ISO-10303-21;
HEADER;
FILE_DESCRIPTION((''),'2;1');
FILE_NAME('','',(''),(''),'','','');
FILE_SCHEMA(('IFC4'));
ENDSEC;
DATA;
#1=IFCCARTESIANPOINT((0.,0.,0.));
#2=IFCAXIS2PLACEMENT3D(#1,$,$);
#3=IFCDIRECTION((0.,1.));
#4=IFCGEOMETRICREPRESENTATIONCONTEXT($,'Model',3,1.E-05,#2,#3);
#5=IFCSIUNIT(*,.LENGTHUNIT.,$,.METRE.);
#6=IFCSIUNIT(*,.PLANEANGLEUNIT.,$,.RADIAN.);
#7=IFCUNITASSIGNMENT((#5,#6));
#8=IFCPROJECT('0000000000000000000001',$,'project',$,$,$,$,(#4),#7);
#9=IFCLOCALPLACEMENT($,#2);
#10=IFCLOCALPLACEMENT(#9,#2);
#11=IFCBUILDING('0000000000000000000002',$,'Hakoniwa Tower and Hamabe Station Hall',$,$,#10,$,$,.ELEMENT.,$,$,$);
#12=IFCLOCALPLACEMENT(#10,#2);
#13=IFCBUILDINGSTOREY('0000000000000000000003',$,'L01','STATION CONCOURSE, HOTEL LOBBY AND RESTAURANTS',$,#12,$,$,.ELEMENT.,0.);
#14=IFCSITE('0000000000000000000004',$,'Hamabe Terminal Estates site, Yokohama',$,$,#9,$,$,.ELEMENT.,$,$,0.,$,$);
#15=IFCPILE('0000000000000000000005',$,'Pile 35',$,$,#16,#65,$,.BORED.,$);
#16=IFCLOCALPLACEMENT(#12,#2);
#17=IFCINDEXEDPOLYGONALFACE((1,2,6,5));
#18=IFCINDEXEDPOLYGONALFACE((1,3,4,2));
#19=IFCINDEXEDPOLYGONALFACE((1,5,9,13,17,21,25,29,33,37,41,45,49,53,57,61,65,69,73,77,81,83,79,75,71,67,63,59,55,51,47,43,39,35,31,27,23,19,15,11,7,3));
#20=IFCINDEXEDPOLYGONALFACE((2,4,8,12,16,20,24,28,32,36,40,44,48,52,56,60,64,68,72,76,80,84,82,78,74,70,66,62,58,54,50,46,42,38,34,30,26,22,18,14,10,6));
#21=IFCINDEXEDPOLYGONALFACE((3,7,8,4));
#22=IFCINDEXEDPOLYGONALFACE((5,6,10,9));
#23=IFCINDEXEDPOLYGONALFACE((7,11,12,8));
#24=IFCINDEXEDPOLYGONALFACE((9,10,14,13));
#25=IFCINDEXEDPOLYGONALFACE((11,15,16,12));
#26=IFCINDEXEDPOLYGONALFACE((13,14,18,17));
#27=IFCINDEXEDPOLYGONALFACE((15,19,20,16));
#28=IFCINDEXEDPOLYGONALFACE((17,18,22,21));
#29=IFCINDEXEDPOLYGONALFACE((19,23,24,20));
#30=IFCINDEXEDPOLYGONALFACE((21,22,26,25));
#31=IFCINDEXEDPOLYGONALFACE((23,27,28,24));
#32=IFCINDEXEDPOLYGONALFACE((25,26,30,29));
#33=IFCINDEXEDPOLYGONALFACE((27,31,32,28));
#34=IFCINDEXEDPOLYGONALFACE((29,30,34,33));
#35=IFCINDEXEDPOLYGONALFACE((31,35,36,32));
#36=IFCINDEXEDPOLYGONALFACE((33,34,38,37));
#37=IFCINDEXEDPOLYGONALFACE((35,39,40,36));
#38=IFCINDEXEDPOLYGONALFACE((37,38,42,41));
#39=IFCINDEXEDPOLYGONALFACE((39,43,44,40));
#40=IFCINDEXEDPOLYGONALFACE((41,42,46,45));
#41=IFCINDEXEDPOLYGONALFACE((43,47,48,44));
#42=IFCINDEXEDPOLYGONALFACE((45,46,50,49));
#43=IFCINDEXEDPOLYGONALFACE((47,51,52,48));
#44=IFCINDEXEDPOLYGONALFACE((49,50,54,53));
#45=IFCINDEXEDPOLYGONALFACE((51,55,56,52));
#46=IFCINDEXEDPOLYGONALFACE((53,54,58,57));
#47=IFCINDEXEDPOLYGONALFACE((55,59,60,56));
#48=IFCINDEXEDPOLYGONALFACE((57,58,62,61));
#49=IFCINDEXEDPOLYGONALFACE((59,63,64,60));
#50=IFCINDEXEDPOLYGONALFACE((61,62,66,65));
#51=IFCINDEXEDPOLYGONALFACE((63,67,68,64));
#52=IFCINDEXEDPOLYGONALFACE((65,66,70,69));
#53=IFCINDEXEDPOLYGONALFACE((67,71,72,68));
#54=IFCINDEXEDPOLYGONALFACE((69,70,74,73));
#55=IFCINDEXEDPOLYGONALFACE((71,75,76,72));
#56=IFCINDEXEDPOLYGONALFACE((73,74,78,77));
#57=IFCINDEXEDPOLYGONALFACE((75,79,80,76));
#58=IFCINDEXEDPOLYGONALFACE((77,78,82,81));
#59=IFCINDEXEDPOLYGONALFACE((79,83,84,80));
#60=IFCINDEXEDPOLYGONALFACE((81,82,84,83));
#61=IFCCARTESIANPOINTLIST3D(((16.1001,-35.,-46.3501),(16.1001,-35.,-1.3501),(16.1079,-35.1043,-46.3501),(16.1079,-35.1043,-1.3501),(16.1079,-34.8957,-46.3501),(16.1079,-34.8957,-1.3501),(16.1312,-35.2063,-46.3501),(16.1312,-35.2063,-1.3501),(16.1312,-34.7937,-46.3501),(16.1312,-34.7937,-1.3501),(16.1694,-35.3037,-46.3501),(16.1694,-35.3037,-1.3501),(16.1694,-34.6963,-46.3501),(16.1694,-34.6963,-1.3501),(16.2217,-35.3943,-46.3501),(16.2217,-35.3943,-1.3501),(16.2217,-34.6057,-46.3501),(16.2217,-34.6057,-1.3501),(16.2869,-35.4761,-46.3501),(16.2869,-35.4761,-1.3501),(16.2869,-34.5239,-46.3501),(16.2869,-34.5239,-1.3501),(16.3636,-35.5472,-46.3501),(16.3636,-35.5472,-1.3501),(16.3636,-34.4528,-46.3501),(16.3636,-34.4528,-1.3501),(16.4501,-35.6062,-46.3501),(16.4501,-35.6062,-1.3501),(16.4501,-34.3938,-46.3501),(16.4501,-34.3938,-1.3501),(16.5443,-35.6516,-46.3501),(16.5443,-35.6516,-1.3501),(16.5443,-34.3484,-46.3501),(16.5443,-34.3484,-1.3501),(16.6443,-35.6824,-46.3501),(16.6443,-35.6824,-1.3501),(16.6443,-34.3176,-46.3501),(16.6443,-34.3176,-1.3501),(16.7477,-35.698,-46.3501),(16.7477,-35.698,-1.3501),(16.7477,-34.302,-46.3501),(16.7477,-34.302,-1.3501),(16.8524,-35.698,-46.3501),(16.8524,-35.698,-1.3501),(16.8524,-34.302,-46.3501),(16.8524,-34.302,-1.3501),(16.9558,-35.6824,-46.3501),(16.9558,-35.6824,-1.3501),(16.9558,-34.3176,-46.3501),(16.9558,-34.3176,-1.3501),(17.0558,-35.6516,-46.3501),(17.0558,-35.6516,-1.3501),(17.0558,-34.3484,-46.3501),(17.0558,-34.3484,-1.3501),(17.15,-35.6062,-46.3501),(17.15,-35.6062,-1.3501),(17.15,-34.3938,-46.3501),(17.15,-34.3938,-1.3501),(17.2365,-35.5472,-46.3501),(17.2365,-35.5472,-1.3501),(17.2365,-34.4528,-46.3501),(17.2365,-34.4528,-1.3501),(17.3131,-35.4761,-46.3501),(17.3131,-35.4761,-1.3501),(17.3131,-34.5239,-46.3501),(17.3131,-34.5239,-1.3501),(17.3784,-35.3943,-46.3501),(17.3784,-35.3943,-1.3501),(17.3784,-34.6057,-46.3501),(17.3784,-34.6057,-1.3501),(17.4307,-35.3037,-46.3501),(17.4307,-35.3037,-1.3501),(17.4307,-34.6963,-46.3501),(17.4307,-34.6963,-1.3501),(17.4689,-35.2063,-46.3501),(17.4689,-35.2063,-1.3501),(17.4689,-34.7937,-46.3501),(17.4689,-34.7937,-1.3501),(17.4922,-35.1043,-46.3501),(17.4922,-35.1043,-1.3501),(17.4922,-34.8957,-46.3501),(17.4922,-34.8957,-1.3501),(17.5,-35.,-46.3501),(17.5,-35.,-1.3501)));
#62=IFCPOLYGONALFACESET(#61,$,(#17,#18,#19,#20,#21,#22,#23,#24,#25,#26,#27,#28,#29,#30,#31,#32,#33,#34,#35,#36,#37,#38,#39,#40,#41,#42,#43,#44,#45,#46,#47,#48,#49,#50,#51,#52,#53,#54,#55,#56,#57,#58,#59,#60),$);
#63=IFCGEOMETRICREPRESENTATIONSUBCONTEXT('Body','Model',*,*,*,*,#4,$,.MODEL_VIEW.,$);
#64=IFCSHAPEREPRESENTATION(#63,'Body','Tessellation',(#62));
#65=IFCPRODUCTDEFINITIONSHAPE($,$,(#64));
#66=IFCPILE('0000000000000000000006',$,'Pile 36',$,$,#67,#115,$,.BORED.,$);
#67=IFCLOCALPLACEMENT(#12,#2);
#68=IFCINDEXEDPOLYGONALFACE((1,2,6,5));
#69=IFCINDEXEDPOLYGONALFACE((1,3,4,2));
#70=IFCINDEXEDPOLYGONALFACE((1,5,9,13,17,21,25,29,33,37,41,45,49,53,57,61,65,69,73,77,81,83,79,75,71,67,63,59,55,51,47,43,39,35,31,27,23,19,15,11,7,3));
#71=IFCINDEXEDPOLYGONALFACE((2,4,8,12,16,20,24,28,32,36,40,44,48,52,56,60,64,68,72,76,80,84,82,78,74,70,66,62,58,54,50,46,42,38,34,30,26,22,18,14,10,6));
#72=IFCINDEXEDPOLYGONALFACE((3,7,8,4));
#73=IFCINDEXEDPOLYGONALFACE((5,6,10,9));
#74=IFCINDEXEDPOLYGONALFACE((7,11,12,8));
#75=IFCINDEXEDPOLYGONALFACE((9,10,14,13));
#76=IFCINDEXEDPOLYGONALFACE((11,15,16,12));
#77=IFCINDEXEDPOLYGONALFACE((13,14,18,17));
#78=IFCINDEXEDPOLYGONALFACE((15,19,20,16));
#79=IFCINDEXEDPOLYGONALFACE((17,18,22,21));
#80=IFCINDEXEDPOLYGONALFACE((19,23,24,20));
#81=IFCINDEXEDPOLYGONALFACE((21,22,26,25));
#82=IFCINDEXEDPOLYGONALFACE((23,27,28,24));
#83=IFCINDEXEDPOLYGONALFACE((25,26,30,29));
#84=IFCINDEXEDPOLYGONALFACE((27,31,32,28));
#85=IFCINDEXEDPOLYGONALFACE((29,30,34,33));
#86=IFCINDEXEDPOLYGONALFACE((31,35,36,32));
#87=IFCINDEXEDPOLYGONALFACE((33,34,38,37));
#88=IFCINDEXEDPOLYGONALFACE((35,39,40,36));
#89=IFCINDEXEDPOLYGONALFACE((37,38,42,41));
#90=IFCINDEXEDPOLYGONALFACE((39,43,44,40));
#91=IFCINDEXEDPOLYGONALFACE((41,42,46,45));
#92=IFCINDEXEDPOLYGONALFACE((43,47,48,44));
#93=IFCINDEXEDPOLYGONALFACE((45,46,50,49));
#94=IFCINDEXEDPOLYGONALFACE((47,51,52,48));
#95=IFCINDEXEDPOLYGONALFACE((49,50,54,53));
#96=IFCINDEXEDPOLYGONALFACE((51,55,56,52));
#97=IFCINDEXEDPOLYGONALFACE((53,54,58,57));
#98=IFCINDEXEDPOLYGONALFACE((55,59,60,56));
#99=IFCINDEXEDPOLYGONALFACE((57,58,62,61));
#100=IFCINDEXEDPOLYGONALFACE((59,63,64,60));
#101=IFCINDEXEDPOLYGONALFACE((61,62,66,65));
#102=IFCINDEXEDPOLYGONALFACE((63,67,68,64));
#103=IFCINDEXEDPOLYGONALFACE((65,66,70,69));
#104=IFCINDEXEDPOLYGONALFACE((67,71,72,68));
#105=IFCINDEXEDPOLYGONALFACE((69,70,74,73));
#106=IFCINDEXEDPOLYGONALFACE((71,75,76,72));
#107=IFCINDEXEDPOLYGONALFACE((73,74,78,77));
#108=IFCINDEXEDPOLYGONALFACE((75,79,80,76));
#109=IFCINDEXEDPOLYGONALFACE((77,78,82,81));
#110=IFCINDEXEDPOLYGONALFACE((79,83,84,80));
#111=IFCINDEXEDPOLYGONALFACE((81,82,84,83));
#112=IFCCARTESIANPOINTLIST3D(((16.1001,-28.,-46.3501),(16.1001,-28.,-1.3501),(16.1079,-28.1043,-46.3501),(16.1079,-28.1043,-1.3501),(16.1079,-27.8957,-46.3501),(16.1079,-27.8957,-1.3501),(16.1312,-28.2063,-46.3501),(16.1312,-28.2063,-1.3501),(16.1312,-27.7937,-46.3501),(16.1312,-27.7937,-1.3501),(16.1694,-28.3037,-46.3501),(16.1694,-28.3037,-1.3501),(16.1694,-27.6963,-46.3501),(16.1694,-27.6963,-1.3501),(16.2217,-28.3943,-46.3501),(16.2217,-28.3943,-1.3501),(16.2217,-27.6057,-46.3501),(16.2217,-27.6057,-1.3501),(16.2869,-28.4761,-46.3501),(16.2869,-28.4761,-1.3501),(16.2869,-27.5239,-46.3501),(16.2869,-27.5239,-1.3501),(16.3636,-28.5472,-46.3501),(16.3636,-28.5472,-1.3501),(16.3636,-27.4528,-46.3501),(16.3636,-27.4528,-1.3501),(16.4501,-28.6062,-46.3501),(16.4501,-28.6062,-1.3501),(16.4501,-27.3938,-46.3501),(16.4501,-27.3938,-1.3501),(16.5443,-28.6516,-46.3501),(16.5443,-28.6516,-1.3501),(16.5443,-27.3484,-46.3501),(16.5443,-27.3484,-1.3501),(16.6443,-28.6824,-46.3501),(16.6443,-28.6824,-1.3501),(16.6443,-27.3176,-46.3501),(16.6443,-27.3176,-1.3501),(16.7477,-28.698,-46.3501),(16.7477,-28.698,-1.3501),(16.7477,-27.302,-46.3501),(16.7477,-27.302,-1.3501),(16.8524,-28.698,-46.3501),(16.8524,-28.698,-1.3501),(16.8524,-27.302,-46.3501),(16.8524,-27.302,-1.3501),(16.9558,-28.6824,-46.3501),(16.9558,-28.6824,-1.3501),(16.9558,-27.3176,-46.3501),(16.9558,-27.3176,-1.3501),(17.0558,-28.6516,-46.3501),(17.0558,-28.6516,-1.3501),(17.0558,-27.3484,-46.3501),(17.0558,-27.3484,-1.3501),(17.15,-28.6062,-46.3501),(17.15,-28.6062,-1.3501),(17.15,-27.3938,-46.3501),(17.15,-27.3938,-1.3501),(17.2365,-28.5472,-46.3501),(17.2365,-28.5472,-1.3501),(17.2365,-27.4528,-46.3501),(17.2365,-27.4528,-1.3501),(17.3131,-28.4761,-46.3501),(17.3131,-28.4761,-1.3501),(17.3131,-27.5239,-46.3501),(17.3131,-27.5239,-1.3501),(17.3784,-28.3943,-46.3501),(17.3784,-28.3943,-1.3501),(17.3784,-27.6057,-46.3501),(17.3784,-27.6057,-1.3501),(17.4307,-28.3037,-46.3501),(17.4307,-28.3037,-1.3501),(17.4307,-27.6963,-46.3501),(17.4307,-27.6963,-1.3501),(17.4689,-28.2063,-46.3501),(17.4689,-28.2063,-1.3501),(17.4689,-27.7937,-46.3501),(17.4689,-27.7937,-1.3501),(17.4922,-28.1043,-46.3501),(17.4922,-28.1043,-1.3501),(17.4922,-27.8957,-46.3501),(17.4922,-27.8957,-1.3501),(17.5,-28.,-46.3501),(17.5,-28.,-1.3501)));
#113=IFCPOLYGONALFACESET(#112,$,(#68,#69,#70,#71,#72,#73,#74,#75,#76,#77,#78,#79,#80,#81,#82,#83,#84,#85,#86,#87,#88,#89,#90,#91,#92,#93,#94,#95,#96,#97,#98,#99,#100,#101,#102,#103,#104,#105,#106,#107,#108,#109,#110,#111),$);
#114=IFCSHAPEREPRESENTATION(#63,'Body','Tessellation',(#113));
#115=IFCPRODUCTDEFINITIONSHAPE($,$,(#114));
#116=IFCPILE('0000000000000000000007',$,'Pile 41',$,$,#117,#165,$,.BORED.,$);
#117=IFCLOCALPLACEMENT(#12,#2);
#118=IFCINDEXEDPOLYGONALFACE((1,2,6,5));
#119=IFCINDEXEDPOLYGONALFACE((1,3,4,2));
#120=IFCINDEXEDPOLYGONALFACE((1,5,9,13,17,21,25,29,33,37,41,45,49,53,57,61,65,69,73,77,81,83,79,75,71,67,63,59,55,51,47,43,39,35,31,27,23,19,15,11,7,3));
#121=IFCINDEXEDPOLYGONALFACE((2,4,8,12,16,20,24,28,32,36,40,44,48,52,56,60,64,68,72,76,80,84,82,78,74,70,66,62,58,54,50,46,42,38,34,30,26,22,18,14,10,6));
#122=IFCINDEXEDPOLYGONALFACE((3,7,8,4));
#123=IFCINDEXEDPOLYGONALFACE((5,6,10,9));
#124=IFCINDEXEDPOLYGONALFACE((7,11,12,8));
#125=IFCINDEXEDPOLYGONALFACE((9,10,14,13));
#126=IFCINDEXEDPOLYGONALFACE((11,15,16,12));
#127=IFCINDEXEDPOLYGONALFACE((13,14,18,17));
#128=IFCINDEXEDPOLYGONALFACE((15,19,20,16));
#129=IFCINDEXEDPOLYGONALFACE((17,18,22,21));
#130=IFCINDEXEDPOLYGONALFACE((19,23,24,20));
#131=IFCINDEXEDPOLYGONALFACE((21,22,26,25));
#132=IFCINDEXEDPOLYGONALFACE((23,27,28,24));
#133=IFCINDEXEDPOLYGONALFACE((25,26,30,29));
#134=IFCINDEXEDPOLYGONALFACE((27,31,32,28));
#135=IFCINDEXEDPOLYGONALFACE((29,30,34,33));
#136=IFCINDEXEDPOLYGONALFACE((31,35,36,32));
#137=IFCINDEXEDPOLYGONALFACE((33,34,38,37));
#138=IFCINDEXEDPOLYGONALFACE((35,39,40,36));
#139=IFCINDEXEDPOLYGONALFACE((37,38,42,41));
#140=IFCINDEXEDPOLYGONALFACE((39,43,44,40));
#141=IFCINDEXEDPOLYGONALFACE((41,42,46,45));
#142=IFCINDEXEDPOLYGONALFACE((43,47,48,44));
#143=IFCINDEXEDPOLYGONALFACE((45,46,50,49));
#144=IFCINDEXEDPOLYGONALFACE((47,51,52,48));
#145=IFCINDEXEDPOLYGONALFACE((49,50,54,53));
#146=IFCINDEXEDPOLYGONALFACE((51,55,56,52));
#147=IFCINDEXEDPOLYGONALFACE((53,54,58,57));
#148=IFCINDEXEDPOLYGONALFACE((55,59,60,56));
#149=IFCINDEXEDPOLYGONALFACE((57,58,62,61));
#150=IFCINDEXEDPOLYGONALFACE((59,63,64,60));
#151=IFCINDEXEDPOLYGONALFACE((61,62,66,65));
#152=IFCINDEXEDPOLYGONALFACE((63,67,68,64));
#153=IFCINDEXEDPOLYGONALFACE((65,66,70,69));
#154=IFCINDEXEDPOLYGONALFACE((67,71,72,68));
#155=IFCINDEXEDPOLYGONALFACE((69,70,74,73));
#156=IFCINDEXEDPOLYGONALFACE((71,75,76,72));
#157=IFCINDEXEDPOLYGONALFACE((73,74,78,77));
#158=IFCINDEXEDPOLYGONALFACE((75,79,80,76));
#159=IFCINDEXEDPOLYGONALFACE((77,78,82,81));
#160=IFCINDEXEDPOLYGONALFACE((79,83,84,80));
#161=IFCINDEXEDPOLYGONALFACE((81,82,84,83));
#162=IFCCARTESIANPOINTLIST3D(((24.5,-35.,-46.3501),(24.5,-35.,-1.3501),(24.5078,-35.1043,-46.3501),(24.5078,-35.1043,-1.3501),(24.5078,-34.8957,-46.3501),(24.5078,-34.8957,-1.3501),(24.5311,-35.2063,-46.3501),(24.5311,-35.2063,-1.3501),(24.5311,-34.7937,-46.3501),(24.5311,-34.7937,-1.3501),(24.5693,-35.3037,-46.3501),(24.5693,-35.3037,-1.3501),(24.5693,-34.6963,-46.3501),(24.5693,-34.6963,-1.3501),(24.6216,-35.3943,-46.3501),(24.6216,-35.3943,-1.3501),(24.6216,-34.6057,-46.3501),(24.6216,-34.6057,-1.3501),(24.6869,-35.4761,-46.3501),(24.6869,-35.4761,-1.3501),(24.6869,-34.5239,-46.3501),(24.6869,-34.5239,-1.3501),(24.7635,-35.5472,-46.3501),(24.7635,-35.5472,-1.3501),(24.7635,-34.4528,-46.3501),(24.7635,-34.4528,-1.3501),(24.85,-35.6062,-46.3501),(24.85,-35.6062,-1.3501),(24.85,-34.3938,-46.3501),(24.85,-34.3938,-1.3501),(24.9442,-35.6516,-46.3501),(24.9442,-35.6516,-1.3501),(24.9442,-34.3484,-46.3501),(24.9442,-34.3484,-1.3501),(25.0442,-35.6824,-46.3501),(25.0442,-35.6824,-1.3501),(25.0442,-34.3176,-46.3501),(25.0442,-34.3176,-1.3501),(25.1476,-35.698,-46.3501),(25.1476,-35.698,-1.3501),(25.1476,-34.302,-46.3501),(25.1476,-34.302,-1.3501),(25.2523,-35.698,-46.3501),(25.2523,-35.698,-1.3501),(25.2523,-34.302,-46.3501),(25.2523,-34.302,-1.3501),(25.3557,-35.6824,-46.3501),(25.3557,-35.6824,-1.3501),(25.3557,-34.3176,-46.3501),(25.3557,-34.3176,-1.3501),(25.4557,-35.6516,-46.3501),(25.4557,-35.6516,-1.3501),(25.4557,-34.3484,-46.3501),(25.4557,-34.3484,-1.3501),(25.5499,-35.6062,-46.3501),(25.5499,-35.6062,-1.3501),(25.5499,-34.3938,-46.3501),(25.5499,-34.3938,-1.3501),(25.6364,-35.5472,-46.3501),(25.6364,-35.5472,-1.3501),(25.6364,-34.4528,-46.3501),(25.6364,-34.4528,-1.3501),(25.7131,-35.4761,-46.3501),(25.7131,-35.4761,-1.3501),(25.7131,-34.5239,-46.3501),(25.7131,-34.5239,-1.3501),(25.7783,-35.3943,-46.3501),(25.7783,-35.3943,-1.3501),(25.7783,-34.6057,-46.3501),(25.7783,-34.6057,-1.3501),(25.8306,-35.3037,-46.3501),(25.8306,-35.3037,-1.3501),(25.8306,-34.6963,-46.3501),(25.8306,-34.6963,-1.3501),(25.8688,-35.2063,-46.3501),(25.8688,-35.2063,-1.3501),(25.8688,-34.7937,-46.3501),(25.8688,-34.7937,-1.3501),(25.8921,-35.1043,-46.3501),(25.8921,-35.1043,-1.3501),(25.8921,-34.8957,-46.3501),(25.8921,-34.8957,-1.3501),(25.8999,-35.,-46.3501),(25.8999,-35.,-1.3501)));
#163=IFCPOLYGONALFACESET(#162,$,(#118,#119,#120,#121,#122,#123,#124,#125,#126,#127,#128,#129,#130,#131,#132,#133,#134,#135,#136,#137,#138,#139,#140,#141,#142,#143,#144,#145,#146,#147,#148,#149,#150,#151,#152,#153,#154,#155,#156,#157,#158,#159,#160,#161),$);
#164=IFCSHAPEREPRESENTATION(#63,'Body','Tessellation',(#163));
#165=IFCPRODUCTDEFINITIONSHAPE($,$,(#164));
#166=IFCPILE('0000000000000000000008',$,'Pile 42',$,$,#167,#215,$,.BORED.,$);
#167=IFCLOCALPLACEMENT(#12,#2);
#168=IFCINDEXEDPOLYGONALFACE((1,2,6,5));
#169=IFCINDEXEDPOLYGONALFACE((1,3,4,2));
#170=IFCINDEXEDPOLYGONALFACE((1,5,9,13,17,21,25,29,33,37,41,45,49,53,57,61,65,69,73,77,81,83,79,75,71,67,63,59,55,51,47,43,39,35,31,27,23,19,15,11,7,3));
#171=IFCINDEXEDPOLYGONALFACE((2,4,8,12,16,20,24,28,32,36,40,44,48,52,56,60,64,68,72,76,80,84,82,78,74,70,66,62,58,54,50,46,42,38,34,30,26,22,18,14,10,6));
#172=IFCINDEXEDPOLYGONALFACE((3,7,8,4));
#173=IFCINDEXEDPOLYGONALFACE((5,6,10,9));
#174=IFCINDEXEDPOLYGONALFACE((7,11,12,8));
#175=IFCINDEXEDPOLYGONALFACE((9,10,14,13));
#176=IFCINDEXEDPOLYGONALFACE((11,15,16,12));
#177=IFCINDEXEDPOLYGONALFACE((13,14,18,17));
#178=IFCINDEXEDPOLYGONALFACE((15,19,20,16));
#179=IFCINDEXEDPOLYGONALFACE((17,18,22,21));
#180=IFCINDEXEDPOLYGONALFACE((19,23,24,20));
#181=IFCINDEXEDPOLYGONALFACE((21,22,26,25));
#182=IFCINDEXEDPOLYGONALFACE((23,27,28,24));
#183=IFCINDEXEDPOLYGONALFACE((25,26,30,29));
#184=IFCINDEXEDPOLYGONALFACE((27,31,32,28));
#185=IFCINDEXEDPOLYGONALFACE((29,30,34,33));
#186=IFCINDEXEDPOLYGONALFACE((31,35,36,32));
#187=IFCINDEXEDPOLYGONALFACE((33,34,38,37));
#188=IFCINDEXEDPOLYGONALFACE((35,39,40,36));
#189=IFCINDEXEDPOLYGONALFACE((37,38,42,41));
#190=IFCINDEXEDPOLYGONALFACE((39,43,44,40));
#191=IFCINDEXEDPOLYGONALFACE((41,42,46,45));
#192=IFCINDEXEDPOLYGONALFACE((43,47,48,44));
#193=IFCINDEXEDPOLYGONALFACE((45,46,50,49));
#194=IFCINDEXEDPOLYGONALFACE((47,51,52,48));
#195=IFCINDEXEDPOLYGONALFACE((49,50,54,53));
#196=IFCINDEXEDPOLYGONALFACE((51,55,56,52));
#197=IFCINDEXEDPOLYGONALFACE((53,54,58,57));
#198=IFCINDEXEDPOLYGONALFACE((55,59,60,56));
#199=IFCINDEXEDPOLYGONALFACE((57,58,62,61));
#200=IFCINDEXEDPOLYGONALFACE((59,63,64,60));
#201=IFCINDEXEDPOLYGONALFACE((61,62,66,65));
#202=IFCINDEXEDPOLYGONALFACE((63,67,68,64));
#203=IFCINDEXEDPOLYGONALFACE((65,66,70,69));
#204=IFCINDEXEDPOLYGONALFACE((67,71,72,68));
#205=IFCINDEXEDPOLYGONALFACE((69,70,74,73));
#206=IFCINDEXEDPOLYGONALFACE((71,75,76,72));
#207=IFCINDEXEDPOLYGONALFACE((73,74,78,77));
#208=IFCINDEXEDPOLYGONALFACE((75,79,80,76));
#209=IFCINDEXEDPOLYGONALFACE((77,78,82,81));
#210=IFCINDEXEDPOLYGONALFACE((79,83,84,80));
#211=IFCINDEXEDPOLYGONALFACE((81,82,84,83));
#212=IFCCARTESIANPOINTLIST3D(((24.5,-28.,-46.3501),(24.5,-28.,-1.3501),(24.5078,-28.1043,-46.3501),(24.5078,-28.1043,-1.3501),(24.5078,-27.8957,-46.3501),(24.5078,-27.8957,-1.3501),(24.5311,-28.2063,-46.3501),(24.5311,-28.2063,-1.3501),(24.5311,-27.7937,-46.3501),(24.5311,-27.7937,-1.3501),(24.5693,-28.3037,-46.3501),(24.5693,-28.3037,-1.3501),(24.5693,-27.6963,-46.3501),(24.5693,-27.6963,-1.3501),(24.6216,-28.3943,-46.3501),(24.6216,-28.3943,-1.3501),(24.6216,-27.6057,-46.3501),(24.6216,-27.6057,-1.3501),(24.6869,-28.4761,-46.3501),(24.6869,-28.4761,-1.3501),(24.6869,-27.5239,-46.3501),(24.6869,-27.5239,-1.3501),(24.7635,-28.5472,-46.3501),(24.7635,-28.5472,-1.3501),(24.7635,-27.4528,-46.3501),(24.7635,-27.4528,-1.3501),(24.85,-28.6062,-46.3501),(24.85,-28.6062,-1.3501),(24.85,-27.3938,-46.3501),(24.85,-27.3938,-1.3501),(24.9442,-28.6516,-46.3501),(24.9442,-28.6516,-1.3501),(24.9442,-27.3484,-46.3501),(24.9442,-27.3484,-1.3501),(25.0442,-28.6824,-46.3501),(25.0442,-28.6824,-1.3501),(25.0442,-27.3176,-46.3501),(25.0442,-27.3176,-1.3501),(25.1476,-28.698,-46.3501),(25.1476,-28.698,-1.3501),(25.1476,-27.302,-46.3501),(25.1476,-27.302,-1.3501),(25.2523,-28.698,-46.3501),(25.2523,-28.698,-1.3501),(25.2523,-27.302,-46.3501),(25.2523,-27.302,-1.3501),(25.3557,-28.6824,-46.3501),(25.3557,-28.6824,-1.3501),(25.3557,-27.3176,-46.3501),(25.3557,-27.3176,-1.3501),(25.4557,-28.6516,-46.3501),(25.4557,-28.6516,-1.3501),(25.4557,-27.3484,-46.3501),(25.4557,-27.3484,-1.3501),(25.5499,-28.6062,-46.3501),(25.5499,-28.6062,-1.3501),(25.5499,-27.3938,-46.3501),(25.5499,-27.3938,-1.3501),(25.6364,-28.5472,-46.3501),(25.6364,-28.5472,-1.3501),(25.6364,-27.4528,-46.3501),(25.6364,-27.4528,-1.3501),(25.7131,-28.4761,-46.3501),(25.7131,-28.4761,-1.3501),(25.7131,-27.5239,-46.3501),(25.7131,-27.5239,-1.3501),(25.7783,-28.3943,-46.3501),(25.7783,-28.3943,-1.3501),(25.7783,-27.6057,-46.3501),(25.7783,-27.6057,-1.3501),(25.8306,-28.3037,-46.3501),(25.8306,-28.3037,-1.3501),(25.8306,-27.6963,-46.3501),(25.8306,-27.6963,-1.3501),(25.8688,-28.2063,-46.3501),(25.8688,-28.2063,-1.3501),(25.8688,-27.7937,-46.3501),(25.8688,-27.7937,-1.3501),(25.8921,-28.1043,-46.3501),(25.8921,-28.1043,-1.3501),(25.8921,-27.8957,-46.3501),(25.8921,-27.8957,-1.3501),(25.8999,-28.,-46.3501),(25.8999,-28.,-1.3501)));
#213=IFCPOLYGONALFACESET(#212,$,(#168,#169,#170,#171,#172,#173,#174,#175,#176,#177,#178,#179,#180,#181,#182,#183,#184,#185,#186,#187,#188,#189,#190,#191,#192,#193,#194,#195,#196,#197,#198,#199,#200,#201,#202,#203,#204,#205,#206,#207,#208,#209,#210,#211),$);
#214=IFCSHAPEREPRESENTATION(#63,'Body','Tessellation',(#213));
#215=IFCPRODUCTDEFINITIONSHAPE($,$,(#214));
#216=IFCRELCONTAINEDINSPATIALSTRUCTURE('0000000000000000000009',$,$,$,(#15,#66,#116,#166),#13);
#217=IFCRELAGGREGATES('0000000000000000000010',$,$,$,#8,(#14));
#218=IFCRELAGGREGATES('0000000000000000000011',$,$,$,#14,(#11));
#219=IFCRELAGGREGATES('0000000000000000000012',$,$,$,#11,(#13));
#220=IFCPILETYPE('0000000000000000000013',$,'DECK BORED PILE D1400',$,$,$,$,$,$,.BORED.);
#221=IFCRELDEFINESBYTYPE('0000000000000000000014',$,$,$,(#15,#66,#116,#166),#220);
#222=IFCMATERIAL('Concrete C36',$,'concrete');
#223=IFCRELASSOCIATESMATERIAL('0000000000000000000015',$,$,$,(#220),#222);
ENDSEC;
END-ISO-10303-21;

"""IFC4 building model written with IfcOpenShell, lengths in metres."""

from ifc_helpers import new_model, si_unit, direction, frame, origin, origin_2d, place, context, subcontext, project, spatial, circle, extrude, material, material_profile, profile_set, type_object, element, save


model = new_model("IFC4")

# Units and contexts
model_context = context("Model", 3, precision=1e-05, world=origin(), true_north=direction((0.0, 1.0)))
body_context = subcontext(model_context, "Body", "Model", "MODEL_VIEW")
ifc_project = project(units=[si_unit("LENGTHUNIT", "METRE"), si_unit("PLANEANGLEUNIT", "RADIAN")], contexts=[model_context])

# Site, building, storey
site_placement = place(None, origin())
site = spatial("IfcSite", under=ifc_project, at=site_placement, Name="Hamabe Terminal Estates site, Yokohama", CompositionType="ELEMENT", RefElevation=0.0)
building_placement = place(site_placement, origin())
building = spatial("IfcBuilding", under=site, at=building_placement, Name="Hakoniwa Tower and Hamabe Station Hall", CompositionType="ELEMENT")
storey_placement = place(building_placement, origin())
storey = spatial("IfcBuildingStorey", under=building, at=storey_placement, Name="L01", Description="STATION CONCOURSE, HOTEL LOBBY AND RESTAURANTS", CompositionType="ELEMENT", Elevation=0.0)

# Piles
ifc_material_1 = material(Name="Concrete C36", Category="concrete")
ifc_material_profile_1 = material_profile(ifc_material_1, circle(Radius=0.7, at=origin_2d()), Name="DECK BORED PILE D1400")
ifc_profile_set_1 = profile_set([ifc_material_profile_1], Name="Concrete C36")
pile_type_1 = type_object("IfcPileType", Name="DECK BORED PILE D1400", PredefinedType="BORED", material=ifc_profile_set_1)
for number, where, z_axis, x_axis, name in (
    (1, (16.8, -35.0, -1.3501), (0.0, 0.0, -1.0), (1.0, 0.0, 0.0), "Pile 35"),
    (2, (16.8, -28.0, -1.3501), (0.0, 0.0, -1.0), (1.0, 0.0, 0.0), "Pile 36"),
    (3, (25.2, -35.0, -1.3501), (0.0, 0.0, -1.0), (1.0, 0.0, 0.0), "Pile 41"),
    (4, (25.2, -28.0, -1.3501), (0.0, 0.0, -1.0), (1.0, 0.0, 0.0), "Pile 42"),
):
    element("IfcPile", number, at=place(storey_placement, frame(where, z_axis=z_axis, x_axis=x_axis)), inside=storey, type_object=pile_type_1, Name=name, PredefinedType="BORED", context=body_context, shape_type="SweptSolid", body=[
        extrude(circle(Radius=0.7, at=origin_2d()), origin(), (0.0, 0.0, 1.0), 45.0),
    ])

save(model, "model.ifc")
